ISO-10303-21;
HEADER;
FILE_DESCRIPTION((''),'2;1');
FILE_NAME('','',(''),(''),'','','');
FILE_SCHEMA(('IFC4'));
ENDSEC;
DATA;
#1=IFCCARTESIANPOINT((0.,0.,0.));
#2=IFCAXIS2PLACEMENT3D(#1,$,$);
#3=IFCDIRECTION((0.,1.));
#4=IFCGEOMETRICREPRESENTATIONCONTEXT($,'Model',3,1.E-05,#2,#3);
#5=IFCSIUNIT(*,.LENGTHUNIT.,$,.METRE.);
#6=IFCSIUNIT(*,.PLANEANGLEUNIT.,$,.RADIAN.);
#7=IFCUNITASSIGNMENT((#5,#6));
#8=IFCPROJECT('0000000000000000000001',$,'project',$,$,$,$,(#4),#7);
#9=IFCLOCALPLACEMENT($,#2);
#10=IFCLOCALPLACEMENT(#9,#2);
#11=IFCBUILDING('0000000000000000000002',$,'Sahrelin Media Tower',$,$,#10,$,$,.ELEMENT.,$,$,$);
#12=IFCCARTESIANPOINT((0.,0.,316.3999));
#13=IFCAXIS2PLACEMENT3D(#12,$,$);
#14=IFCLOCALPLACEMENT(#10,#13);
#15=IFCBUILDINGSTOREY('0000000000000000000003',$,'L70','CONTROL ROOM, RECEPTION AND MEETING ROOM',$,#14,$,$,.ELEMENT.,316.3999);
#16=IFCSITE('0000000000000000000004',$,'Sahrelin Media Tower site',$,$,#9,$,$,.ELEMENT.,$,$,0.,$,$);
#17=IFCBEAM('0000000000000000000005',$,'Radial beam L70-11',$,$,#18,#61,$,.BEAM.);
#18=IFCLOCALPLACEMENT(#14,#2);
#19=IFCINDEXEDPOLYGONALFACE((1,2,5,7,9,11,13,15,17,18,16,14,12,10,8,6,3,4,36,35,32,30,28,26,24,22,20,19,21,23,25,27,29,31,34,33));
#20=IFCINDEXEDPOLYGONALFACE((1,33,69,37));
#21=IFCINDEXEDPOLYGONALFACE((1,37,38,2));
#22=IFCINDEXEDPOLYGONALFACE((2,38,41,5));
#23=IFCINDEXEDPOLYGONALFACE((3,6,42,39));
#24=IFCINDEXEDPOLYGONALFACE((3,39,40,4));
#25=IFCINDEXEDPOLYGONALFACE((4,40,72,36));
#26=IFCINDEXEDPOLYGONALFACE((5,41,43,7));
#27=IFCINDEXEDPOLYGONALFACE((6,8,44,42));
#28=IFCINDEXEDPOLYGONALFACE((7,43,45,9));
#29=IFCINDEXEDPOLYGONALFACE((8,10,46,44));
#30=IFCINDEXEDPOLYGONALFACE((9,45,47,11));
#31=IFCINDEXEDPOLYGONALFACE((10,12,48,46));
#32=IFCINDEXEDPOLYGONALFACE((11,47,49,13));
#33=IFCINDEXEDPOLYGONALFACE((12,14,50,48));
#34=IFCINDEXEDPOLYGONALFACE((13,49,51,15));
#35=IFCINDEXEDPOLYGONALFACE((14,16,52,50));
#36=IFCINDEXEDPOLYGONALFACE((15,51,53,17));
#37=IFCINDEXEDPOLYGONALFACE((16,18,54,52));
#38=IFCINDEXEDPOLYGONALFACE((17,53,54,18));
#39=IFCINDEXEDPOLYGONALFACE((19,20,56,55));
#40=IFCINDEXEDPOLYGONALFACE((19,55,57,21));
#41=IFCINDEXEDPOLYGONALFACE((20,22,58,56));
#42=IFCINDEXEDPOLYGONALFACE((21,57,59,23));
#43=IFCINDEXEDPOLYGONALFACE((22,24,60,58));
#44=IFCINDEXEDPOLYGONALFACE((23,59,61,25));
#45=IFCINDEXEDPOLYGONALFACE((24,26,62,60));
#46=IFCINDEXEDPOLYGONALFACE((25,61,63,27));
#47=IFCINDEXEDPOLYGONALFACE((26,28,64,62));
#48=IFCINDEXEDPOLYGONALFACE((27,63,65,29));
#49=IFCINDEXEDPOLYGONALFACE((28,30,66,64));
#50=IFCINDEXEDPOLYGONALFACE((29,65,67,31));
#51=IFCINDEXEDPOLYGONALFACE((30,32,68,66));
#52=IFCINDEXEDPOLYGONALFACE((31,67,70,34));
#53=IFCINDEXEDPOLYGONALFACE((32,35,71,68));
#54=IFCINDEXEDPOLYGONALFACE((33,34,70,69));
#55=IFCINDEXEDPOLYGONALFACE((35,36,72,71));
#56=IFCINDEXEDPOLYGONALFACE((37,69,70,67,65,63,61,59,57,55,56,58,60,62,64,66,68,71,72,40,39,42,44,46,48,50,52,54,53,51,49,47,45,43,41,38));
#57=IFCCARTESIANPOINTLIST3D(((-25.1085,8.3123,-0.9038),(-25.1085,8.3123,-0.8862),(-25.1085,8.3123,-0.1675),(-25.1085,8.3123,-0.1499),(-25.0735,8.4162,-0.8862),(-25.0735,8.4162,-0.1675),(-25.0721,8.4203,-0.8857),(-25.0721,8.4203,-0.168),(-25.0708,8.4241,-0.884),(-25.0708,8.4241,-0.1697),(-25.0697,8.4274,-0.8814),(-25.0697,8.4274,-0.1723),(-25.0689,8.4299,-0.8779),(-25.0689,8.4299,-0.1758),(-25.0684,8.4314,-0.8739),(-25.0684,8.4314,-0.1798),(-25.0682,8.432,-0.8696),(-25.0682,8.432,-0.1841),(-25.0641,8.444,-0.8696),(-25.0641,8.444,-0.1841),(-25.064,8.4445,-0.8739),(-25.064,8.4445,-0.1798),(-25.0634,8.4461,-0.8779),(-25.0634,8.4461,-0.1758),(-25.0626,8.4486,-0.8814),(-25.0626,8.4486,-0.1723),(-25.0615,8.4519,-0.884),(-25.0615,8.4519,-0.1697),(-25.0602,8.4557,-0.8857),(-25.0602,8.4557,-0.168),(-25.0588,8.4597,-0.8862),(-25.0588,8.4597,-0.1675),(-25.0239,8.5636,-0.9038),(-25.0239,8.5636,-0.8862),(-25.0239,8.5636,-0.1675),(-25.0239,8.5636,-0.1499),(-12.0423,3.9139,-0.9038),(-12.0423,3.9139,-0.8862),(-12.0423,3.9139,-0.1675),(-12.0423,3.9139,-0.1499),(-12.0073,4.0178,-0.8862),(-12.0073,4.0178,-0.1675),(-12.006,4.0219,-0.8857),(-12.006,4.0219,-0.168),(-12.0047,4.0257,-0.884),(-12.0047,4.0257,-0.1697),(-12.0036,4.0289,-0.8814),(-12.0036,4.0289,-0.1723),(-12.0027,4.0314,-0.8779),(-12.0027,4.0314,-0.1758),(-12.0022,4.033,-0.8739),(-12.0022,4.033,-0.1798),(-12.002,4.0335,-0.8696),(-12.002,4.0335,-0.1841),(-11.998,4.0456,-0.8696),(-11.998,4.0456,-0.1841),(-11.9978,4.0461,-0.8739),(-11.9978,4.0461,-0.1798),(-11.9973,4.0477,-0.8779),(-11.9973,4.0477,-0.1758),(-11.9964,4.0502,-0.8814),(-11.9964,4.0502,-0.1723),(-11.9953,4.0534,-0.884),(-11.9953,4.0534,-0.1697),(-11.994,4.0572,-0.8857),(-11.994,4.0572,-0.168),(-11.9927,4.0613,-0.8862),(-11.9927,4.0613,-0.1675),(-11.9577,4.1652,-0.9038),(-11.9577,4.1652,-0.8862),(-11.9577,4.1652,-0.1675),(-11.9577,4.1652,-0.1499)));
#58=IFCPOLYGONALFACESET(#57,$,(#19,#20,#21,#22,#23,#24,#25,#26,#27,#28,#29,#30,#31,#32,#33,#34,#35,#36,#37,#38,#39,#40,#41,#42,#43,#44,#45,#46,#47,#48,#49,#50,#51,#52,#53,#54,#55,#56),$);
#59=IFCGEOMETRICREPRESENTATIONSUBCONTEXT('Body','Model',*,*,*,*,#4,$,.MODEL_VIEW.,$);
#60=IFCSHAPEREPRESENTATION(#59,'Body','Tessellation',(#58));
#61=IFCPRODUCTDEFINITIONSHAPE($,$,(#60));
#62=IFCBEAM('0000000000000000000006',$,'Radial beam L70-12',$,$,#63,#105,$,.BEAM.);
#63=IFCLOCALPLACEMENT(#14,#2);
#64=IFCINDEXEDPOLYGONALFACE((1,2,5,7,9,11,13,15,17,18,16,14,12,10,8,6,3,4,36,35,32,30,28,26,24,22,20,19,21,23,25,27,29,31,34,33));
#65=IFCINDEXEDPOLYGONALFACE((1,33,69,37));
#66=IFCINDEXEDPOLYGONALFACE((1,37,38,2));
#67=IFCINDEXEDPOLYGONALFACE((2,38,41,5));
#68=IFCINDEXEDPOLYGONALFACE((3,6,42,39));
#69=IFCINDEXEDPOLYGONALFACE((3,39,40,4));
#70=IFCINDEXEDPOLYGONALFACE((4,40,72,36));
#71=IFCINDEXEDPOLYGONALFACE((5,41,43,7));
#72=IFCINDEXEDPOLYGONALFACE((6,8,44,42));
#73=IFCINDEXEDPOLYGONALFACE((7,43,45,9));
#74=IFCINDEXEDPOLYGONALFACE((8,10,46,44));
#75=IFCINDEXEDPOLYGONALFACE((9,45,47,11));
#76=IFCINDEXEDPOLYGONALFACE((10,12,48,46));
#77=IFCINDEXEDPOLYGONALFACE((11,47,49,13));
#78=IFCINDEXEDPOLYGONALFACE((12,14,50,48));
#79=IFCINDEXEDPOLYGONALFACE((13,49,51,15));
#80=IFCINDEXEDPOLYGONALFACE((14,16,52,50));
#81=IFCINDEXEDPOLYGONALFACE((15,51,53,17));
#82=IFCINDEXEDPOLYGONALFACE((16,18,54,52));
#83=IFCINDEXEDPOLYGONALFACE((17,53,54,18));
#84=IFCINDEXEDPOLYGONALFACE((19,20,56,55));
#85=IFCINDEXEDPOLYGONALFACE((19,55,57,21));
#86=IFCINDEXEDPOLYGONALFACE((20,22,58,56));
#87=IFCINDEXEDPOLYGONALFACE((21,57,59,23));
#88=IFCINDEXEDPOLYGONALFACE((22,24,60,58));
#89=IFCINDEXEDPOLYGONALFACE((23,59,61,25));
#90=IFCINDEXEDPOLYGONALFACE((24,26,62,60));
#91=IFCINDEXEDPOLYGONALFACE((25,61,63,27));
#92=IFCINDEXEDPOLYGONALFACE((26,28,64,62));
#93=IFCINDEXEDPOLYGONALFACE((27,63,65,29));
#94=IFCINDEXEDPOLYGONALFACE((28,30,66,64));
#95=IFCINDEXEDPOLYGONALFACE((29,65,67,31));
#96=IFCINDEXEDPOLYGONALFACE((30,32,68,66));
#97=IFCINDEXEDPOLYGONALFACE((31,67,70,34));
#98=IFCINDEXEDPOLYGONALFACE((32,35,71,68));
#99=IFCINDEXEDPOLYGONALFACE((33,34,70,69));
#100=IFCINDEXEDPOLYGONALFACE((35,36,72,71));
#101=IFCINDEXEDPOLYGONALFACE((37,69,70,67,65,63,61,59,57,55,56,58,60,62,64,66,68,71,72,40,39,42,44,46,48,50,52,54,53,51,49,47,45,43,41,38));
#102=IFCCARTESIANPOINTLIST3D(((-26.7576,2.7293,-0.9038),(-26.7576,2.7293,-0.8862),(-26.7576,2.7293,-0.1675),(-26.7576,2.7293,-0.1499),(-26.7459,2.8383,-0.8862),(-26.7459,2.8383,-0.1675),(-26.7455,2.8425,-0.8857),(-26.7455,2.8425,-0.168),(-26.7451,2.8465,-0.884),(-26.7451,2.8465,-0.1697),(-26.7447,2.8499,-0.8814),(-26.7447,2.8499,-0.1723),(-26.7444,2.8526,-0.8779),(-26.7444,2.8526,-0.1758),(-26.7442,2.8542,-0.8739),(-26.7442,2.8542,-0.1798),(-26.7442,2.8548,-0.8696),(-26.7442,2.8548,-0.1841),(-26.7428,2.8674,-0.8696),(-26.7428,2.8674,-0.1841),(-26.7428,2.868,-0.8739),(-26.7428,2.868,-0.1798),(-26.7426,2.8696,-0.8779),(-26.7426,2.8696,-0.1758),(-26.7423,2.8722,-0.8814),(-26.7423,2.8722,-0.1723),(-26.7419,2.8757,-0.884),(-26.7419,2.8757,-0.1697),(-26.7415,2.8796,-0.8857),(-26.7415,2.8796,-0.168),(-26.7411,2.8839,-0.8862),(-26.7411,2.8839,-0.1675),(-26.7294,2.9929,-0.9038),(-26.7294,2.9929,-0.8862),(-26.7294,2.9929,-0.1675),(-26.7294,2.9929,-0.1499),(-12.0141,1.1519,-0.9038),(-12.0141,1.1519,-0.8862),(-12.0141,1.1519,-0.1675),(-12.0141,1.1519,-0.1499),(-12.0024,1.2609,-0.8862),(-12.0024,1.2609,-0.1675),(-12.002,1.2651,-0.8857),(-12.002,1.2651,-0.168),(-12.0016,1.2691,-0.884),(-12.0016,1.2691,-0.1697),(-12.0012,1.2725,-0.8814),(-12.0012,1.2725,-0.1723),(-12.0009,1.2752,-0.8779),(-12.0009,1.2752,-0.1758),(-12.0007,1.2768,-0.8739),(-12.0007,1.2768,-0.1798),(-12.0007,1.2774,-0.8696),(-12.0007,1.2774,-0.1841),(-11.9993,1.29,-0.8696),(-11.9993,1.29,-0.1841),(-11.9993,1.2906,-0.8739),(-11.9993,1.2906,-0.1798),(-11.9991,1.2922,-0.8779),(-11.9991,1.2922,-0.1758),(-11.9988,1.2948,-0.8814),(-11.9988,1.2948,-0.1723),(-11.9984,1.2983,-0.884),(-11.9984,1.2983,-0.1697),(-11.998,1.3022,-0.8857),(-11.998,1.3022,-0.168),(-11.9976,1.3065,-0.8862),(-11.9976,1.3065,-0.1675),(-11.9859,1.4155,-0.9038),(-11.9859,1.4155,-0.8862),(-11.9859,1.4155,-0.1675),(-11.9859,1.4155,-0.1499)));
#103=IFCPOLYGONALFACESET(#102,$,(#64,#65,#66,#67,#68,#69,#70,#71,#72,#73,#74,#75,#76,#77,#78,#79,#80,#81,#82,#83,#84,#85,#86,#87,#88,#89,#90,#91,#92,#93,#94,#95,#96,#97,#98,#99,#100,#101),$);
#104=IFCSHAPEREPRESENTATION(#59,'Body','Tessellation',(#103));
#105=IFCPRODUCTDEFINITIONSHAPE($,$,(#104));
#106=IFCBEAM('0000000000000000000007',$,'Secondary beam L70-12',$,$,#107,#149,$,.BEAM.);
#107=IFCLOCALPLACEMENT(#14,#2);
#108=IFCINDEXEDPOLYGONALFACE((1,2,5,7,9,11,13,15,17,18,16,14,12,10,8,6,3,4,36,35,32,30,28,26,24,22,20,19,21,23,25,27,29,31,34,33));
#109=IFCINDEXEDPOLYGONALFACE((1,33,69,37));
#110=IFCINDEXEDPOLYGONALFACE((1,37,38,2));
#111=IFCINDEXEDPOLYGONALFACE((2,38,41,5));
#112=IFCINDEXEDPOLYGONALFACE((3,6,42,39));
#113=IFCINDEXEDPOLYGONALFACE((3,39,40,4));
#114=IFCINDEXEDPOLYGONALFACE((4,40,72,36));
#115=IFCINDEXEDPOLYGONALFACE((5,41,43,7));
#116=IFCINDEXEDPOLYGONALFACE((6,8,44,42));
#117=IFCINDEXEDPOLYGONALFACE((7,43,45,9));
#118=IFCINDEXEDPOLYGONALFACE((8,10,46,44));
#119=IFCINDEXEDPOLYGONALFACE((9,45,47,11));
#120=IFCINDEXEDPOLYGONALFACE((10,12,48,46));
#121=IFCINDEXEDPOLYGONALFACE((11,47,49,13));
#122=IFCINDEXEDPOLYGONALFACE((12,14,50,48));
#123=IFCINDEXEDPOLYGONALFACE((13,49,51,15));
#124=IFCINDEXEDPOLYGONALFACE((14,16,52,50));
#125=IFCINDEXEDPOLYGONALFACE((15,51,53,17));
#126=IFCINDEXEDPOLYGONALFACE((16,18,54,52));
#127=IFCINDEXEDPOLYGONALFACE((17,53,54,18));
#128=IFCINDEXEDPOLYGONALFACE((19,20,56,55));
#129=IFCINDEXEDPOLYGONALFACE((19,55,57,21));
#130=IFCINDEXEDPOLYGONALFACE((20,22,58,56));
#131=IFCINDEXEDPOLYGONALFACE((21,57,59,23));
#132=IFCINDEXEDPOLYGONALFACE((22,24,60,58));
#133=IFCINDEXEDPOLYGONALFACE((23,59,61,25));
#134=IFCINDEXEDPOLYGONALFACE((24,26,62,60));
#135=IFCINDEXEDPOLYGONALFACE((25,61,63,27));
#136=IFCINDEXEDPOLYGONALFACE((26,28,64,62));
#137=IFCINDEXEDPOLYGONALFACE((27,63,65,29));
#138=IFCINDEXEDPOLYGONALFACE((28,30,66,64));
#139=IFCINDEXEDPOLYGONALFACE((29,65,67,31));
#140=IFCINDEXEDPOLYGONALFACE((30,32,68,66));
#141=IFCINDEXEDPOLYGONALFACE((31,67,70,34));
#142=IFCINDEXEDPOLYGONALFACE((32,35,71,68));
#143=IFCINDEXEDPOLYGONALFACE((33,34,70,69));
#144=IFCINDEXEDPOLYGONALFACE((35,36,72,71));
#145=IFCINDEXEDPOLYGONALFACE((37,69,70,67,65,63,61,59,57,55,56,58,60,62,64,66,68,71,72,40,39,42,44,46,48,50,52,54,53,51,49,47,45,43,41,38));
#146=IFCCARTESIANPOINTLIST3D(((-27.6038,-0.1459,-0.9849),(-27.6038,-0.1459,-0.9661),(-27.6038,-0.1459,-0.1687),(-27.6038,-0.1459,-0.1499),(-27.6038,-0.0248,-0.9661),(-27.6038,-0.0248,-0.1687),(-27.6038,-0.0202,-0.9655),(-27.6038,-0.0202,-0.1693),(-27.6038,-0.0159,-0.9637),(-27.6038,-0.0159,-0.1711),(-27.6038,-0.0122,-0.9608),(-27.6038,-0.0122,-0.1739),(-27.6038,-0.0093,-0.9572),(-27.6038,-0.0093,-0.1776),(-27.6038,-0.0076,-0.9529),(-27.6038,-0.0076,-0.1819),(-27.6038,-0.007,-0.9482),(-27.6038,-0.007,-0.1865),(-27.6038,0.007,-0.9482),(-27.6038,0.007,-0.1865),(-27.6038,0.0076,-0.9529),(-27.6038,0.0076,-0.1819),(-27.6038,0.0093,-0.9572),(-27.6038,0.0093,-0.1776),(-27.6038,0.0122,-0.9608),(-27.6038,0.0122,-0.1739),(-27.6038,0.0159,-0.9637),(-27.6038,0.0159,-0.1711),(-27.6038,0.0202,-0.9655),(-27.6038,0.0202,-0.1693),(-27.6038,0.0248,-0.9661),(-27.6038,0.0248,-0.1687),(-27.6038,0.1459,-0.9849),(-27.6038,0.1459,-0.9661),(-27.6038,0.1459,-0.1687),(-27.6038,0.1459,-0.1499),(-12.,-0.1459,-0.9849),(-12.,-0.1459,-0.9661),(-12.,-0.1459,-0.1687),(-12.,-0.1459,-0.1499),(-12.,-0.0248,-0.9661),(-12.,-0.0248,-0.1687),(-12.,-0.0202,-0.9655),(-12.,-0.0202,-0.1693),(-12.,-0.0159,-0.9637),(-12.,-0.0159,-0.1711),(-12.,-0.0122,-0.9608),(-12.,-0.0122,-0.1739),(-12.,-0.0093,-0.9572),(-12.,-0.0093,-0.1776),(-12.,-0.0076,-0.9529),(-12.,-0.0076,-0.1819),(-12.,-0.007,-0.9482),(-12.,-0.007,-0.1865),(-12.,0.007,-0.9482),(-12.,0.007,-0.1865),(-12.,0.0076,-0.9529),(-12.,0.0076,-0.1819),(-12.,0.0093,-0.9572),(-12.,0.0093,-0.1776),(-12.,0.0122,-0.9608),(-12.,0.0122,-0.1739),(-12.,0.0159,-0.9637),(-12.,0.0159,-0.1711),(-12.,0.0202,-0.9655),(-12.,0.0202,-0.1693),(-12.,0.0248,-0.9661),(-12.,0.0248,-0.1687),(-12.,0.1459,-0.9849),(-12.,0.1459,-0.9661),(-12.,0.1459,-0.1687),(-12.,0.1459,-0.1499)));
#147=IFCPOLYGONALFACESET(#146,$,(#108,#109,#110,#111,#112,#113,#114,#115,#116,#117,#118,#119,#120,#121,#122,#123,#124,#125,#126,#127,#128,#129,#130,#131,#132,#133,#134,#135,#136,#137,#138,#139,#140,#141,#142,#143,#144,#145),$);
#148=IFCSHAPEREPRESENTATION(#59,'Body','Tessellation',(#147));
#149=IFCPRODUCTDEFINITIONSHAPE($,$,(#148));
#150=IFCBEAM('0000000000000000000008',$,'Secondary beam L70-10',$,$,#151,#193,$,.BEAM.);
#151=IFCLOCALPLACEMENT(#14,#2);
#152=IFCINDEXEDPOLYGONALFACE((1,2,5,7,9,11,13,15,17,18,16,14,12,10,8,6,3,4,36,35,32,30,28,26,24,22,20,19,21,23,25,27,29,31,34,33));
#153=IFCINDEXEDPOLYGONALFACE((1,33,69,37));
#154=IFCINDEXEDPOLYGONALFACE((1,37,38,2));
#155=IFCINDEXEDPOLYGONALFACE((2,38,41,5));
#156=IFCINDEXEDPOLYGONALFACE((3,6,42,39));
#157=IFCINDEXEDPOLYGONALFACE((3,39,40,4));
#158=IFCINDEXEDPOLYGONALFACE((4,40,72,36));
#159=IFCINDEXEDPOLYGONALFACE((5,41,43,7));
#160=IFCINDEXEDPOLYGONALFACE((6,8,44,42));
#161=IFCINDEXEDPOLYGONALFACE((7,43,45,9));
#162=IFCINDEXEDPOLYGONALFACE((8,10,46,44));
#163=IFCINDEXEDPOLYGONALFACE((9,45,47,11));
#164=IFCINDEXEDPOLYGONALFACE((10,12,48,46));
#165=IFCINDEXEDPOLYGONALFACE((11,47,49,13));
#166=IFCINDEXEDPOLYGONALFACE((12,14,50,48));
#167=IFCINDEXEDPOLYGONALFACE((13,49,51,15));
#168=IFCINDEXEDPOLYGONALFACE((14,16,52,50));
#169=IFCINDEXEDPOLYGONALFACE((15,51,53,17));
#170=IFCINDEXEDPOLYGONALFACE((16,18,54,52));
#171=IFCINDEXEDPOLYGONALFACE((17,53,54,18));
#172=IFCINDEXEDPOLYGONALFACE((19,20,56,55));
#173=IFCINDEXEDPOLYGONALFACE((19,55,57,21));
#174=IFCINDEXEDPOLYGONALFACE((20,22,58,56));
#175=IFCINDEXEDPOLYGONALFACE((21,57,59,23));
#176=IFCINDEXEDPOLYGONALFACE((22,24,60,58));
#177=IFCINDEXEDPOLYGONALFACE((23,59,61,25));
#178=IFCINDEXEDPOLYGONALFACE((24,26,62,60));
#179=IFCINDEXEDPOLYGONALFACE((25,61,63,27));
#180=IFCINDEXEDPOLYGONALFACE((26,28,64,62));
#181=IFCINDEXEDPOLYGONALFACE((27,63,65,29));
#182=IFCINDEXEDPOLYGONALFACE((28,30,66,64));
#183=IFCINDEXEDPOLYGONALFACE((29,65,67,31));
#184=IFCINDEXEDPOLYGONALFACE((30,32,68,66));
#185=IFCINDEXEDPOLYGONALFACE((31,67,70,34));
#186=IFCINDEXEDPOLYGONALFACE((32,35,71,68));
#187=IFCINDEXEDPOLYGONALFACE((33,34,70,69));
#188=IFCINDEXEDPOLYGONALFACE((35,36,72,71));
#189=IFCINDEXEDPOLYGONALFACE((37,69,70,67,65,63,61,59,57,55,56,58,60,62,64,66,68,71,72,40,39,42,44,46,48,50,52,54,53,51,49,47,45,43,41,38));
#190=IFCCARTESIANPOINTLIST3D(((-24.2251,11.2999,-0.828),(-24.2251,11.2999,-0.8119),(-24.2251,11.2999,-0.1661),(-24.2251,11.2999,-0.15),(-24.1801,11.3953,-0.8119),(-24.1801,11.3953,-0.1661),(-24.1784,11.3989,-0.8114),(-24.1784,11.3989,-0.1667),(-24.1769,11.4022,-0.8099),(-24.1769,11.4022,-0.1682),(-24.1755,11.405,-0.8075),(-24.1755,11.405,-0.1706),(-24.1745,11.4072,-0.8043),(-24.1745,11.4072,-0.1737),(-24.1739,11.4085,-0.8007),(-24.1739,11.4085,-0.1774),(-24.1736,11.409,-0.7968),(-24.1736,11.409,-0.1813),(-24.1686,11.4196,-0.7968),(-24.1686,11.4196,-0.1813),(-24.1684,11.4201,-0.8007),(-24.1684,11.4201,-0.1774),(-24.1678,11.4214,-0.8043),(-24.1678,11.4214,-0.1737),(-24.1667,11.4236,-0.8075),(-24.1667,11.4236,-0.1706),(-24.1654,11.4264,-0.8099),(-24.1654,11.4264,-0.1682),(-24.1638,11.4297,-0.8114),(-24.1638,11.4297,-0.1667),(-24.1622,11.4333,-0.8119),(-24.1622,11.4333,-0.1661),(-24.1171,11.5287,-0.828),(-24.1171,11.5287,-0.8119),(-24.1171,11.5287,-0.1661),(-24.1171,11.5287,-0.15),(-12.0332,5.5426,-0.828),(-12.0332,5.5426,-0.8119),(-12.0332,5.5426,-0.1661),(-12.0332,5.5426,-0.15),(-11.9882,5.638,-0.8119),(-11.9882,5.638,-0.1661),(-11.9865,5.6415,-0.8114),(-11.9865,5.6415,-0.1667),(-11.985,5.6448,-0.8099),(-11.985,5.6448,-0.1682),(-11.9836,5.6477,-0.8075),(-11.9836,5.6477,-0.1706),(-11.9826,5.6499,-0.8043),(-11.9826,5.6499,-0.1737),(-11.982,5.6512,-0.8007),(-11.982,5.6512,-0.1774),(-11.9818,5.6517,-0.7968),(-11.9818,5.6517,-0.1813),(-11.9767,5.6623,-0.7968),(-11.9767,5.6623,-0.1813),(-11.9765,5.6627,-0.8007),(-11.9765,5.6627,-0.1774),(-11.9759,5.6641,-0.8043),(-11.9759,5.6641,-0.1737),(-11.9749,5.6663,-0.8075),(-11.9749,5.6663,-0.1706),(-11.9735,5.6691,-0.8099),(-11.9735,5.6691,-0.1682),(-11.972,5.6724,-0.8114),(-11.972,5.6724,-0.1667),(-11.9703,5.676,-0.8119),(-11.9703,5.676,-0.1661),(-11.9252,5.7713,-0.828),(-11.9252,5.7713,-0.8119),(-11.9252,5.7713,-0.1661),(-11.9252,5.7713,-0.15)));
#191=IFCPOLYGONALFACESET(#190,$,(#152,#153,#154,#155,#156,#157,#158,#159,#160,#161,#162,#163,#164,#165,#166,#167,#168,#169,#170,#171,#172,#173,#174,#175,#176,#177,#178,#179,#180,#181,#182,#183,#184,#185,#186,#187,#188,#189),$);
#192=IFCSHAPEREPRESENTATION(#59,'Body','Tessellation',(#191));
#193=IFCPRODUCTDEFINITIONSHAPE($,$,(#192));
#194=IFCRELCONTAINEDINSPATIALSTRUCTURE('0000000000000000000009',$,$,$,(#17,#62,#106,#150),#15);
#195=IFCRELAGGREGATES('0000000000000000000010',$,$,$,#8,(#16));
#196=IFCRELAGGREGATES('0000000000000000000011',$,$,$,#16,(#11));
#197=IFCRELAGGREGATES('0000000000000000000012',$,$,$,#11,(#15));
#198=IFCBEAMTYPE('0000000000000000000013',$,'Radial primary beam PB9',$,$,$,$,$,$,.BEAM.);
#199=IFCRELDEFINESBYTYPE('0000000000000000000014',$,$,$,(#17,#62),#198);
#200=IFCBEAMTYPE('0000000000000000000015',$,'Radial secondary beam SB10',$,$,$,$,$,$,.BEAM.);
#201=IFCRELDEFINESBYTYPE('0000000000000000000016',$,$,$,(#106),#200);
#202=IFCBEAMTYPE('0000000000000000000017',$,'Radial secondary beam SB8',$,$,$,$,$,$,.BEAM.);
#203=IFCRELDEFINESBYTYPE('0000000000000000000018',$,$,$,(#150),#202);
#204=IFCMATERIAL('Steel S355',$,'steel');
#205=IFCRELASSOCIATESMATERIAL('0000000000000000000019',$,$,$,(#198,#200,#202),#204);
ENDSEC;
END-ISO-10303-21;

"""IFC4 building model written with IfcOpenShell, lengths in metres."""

from ifc_helpers import new_model, si_unit, direction, frame, origin, origin_2d, place, context, subcontext, project, spatial, i_section, extrude, material, material_profile, profile_set, type_object, element, save


model = new_model("IFC4")

# Units and contexts
model_context = context("Model", 3, precision=1e-05, world=origin(), true_north=direction((0.0, 1.0)))
body_context = subcontext(model_context, "Body", "Model", "MODEL_VIEW")
ifc_project = project(units=[si_unit("LENGTHUNIT", "METRE"), si_unit("PLANEANGLEUNIT", "RADIAN")], contexts=[model_context])

# Site, building, storey
site_placement = place(None, origin())
site = spatial("IfcSite", under=ifc_project, at=site_placement, Name="Sahrelin Media Tower site", CompositionType="ELEMENT", RefElevation=0.0)
building_placement = place(site_placement, origin())
building = spatial("IfcBuilding", under=site, at=building_placement, Name="Sahrelin Media Tower", CompositionType="ELEMENT")
storey_placement = place(building_placement, frame((0.0, 0.0, 316.3999)))
storey = spatial("IfcBuildingStorey", under=building, at=storey_placement, Name="L70", Description="CONTROL ROOM, RECEPTION AND MEETING ROOM", CompositionType="ELEMENT", Elevation=316.3999)

# Beams
ifc_material_1 = material(Name="Steel S355", Category="steel")
ifc_material_profile_1 = material_profile(ifc_material_1, i_section(OverallWidth=0.2651, OverallDepth=0.7539, WebThickness=0.0127, FlangeThickness=0.0176, FilletRadius=0.0166, at=origin_2d()), Name="UB 762x267x147")
ifc_profile_set_1 = profile_set([ifc_material_profile_1], Name="Steel S355")
beam_type_1 = type_object("IfcBeamType", Name="Radial primary beam PB9", PredefinedType="BEAM", material=ifc_profile_set_1)
beam_1_placement = place(storey_placement, frame((-12.0, 4.0396, -0.5269), z_axis=(-0.947742, 0.319037, 0.0), x_axis=(-0.319037, -0.947742, 0.0)))
element("IfcBeam", 1, at=beam_1_placement, inside=storey, type_object=beam_type_1, Name="Radial beam L70-11", PredefinedType="BEAM", context=body_context, shape_type="SweptSolid", body=[
    extrude(i_section(OverallWidth=0.2651, OverallDepth=0.7539, WebThickness=0.0127, FlangeThickness=0.0176, FilletRadius=0.0166, at=origin_2d()), origin(), (0.0, 0.0, 1.0), 13.7866),
])
beam_2_placement = place(storey_placement, frame((-12.0, 1.2837, -0.5269), z_axis=(-0.994325, 0.106383, 0.0), x_axis=(-0.106383, -0.994325, 0.0)))
element("IfcBeam", 2, at=beam_2_placement, inside=storey, type_object=beam_type_1, Name="Radial beam L70-12", PredefinedType="BEAM", context=body_context, shape_type="SweptSolid", body=[
    extrude(i_section(OverallWidth=0.2651, OverallDepth=0.7539, WebThickness=0.0127, FlangeThickness=0.0176, FilletRadius=0.0166, at=origin_2d()), origin(), (0.0, 0.0, 1.0), 14.8276),
])
ifc_material_profile_2 = material_profile(ifc_material_1, i_section(OverallWidth=0.2917, OverallDepth=0.835, WebThickness=0.0139, FlangeThickness=0.0188, FilletRadius=0.0178, at=origin_2d()), Name="UB 838x292x176")
ifc_profile_set_2 = profile_set([ifc_material_profile_2], Name="Steel S355")
beam_type_2 = type_object("IfcBeamType", Name="Radial secondary beam SB10", PredefinedType="BEAM", material=ifc_profile_set_2)
beam_3_placement = place(storey_placement, frame((-12.0, 0.0, -0.5674), z_axis=(-1.0, 0.0, 0.0), x_axis=(0.0, -1.0, 0.0)))
element("IfcBeam", 3, at=beam_3_placement, inside=storey, type_object=beam_type_2, Name="Secondary beam L70-12", PredefinedType="BEAM", context=body_context, shape_type="SweptSolid", body=[
    extrude(i_section(OverallWidth=0.2917, OverallDepth=0.835, WebThickness=0.0139, FlangeThickness=0.0188, FilletRadius=0.0178, at=origin_2d()), origin(), (0.0, 0.0, 1.0), 15.6038),
])
ifc_material_profile_3 = material_profile(ifc_material_1, i_section(OverallWidth=0.2529, OverallDepth=0.678, WebThickness=0.0117, FlangeThickness=0.0161, FilletRadius=0.0151, at=origin_2d()), Name="UB 686x254x125")
ifc_profile_set_3 = profile_set([ifc_material_profile_3], Name="Steel S355")
beam_type_3 = type_object("IfcBeamType", Name="Radial secondary beam SB8", PredefinedType="BEAM", material=ifc_profile_set_3)
beam_4_placement = place(storey_placement, frame((-11.9792, 5.657, -0.489), z_axis=(-0.904247, 0.427009, 0.0), x_axis=(-0.427009, -0.904247, 0.0)))
element("IfcBeam", 4, at=beam_4_placement, inside=storey, type_object=beam_type_3, Name="Secondary beam L70-10", PredefinedType="BEAM", context=body_context, shape_type="SweptSolid", body=[
    extrude(i_section(OverallWidth=0.2529, OverallDepth=0.678, WebThickness=0.0117, FlangeThickness=0.0161, FilletRadius=0.0151, at=origin_2d()), origin(), (0.0, 0.0, 1.0), 13.4829),
])

save(model, "model.ifc")
